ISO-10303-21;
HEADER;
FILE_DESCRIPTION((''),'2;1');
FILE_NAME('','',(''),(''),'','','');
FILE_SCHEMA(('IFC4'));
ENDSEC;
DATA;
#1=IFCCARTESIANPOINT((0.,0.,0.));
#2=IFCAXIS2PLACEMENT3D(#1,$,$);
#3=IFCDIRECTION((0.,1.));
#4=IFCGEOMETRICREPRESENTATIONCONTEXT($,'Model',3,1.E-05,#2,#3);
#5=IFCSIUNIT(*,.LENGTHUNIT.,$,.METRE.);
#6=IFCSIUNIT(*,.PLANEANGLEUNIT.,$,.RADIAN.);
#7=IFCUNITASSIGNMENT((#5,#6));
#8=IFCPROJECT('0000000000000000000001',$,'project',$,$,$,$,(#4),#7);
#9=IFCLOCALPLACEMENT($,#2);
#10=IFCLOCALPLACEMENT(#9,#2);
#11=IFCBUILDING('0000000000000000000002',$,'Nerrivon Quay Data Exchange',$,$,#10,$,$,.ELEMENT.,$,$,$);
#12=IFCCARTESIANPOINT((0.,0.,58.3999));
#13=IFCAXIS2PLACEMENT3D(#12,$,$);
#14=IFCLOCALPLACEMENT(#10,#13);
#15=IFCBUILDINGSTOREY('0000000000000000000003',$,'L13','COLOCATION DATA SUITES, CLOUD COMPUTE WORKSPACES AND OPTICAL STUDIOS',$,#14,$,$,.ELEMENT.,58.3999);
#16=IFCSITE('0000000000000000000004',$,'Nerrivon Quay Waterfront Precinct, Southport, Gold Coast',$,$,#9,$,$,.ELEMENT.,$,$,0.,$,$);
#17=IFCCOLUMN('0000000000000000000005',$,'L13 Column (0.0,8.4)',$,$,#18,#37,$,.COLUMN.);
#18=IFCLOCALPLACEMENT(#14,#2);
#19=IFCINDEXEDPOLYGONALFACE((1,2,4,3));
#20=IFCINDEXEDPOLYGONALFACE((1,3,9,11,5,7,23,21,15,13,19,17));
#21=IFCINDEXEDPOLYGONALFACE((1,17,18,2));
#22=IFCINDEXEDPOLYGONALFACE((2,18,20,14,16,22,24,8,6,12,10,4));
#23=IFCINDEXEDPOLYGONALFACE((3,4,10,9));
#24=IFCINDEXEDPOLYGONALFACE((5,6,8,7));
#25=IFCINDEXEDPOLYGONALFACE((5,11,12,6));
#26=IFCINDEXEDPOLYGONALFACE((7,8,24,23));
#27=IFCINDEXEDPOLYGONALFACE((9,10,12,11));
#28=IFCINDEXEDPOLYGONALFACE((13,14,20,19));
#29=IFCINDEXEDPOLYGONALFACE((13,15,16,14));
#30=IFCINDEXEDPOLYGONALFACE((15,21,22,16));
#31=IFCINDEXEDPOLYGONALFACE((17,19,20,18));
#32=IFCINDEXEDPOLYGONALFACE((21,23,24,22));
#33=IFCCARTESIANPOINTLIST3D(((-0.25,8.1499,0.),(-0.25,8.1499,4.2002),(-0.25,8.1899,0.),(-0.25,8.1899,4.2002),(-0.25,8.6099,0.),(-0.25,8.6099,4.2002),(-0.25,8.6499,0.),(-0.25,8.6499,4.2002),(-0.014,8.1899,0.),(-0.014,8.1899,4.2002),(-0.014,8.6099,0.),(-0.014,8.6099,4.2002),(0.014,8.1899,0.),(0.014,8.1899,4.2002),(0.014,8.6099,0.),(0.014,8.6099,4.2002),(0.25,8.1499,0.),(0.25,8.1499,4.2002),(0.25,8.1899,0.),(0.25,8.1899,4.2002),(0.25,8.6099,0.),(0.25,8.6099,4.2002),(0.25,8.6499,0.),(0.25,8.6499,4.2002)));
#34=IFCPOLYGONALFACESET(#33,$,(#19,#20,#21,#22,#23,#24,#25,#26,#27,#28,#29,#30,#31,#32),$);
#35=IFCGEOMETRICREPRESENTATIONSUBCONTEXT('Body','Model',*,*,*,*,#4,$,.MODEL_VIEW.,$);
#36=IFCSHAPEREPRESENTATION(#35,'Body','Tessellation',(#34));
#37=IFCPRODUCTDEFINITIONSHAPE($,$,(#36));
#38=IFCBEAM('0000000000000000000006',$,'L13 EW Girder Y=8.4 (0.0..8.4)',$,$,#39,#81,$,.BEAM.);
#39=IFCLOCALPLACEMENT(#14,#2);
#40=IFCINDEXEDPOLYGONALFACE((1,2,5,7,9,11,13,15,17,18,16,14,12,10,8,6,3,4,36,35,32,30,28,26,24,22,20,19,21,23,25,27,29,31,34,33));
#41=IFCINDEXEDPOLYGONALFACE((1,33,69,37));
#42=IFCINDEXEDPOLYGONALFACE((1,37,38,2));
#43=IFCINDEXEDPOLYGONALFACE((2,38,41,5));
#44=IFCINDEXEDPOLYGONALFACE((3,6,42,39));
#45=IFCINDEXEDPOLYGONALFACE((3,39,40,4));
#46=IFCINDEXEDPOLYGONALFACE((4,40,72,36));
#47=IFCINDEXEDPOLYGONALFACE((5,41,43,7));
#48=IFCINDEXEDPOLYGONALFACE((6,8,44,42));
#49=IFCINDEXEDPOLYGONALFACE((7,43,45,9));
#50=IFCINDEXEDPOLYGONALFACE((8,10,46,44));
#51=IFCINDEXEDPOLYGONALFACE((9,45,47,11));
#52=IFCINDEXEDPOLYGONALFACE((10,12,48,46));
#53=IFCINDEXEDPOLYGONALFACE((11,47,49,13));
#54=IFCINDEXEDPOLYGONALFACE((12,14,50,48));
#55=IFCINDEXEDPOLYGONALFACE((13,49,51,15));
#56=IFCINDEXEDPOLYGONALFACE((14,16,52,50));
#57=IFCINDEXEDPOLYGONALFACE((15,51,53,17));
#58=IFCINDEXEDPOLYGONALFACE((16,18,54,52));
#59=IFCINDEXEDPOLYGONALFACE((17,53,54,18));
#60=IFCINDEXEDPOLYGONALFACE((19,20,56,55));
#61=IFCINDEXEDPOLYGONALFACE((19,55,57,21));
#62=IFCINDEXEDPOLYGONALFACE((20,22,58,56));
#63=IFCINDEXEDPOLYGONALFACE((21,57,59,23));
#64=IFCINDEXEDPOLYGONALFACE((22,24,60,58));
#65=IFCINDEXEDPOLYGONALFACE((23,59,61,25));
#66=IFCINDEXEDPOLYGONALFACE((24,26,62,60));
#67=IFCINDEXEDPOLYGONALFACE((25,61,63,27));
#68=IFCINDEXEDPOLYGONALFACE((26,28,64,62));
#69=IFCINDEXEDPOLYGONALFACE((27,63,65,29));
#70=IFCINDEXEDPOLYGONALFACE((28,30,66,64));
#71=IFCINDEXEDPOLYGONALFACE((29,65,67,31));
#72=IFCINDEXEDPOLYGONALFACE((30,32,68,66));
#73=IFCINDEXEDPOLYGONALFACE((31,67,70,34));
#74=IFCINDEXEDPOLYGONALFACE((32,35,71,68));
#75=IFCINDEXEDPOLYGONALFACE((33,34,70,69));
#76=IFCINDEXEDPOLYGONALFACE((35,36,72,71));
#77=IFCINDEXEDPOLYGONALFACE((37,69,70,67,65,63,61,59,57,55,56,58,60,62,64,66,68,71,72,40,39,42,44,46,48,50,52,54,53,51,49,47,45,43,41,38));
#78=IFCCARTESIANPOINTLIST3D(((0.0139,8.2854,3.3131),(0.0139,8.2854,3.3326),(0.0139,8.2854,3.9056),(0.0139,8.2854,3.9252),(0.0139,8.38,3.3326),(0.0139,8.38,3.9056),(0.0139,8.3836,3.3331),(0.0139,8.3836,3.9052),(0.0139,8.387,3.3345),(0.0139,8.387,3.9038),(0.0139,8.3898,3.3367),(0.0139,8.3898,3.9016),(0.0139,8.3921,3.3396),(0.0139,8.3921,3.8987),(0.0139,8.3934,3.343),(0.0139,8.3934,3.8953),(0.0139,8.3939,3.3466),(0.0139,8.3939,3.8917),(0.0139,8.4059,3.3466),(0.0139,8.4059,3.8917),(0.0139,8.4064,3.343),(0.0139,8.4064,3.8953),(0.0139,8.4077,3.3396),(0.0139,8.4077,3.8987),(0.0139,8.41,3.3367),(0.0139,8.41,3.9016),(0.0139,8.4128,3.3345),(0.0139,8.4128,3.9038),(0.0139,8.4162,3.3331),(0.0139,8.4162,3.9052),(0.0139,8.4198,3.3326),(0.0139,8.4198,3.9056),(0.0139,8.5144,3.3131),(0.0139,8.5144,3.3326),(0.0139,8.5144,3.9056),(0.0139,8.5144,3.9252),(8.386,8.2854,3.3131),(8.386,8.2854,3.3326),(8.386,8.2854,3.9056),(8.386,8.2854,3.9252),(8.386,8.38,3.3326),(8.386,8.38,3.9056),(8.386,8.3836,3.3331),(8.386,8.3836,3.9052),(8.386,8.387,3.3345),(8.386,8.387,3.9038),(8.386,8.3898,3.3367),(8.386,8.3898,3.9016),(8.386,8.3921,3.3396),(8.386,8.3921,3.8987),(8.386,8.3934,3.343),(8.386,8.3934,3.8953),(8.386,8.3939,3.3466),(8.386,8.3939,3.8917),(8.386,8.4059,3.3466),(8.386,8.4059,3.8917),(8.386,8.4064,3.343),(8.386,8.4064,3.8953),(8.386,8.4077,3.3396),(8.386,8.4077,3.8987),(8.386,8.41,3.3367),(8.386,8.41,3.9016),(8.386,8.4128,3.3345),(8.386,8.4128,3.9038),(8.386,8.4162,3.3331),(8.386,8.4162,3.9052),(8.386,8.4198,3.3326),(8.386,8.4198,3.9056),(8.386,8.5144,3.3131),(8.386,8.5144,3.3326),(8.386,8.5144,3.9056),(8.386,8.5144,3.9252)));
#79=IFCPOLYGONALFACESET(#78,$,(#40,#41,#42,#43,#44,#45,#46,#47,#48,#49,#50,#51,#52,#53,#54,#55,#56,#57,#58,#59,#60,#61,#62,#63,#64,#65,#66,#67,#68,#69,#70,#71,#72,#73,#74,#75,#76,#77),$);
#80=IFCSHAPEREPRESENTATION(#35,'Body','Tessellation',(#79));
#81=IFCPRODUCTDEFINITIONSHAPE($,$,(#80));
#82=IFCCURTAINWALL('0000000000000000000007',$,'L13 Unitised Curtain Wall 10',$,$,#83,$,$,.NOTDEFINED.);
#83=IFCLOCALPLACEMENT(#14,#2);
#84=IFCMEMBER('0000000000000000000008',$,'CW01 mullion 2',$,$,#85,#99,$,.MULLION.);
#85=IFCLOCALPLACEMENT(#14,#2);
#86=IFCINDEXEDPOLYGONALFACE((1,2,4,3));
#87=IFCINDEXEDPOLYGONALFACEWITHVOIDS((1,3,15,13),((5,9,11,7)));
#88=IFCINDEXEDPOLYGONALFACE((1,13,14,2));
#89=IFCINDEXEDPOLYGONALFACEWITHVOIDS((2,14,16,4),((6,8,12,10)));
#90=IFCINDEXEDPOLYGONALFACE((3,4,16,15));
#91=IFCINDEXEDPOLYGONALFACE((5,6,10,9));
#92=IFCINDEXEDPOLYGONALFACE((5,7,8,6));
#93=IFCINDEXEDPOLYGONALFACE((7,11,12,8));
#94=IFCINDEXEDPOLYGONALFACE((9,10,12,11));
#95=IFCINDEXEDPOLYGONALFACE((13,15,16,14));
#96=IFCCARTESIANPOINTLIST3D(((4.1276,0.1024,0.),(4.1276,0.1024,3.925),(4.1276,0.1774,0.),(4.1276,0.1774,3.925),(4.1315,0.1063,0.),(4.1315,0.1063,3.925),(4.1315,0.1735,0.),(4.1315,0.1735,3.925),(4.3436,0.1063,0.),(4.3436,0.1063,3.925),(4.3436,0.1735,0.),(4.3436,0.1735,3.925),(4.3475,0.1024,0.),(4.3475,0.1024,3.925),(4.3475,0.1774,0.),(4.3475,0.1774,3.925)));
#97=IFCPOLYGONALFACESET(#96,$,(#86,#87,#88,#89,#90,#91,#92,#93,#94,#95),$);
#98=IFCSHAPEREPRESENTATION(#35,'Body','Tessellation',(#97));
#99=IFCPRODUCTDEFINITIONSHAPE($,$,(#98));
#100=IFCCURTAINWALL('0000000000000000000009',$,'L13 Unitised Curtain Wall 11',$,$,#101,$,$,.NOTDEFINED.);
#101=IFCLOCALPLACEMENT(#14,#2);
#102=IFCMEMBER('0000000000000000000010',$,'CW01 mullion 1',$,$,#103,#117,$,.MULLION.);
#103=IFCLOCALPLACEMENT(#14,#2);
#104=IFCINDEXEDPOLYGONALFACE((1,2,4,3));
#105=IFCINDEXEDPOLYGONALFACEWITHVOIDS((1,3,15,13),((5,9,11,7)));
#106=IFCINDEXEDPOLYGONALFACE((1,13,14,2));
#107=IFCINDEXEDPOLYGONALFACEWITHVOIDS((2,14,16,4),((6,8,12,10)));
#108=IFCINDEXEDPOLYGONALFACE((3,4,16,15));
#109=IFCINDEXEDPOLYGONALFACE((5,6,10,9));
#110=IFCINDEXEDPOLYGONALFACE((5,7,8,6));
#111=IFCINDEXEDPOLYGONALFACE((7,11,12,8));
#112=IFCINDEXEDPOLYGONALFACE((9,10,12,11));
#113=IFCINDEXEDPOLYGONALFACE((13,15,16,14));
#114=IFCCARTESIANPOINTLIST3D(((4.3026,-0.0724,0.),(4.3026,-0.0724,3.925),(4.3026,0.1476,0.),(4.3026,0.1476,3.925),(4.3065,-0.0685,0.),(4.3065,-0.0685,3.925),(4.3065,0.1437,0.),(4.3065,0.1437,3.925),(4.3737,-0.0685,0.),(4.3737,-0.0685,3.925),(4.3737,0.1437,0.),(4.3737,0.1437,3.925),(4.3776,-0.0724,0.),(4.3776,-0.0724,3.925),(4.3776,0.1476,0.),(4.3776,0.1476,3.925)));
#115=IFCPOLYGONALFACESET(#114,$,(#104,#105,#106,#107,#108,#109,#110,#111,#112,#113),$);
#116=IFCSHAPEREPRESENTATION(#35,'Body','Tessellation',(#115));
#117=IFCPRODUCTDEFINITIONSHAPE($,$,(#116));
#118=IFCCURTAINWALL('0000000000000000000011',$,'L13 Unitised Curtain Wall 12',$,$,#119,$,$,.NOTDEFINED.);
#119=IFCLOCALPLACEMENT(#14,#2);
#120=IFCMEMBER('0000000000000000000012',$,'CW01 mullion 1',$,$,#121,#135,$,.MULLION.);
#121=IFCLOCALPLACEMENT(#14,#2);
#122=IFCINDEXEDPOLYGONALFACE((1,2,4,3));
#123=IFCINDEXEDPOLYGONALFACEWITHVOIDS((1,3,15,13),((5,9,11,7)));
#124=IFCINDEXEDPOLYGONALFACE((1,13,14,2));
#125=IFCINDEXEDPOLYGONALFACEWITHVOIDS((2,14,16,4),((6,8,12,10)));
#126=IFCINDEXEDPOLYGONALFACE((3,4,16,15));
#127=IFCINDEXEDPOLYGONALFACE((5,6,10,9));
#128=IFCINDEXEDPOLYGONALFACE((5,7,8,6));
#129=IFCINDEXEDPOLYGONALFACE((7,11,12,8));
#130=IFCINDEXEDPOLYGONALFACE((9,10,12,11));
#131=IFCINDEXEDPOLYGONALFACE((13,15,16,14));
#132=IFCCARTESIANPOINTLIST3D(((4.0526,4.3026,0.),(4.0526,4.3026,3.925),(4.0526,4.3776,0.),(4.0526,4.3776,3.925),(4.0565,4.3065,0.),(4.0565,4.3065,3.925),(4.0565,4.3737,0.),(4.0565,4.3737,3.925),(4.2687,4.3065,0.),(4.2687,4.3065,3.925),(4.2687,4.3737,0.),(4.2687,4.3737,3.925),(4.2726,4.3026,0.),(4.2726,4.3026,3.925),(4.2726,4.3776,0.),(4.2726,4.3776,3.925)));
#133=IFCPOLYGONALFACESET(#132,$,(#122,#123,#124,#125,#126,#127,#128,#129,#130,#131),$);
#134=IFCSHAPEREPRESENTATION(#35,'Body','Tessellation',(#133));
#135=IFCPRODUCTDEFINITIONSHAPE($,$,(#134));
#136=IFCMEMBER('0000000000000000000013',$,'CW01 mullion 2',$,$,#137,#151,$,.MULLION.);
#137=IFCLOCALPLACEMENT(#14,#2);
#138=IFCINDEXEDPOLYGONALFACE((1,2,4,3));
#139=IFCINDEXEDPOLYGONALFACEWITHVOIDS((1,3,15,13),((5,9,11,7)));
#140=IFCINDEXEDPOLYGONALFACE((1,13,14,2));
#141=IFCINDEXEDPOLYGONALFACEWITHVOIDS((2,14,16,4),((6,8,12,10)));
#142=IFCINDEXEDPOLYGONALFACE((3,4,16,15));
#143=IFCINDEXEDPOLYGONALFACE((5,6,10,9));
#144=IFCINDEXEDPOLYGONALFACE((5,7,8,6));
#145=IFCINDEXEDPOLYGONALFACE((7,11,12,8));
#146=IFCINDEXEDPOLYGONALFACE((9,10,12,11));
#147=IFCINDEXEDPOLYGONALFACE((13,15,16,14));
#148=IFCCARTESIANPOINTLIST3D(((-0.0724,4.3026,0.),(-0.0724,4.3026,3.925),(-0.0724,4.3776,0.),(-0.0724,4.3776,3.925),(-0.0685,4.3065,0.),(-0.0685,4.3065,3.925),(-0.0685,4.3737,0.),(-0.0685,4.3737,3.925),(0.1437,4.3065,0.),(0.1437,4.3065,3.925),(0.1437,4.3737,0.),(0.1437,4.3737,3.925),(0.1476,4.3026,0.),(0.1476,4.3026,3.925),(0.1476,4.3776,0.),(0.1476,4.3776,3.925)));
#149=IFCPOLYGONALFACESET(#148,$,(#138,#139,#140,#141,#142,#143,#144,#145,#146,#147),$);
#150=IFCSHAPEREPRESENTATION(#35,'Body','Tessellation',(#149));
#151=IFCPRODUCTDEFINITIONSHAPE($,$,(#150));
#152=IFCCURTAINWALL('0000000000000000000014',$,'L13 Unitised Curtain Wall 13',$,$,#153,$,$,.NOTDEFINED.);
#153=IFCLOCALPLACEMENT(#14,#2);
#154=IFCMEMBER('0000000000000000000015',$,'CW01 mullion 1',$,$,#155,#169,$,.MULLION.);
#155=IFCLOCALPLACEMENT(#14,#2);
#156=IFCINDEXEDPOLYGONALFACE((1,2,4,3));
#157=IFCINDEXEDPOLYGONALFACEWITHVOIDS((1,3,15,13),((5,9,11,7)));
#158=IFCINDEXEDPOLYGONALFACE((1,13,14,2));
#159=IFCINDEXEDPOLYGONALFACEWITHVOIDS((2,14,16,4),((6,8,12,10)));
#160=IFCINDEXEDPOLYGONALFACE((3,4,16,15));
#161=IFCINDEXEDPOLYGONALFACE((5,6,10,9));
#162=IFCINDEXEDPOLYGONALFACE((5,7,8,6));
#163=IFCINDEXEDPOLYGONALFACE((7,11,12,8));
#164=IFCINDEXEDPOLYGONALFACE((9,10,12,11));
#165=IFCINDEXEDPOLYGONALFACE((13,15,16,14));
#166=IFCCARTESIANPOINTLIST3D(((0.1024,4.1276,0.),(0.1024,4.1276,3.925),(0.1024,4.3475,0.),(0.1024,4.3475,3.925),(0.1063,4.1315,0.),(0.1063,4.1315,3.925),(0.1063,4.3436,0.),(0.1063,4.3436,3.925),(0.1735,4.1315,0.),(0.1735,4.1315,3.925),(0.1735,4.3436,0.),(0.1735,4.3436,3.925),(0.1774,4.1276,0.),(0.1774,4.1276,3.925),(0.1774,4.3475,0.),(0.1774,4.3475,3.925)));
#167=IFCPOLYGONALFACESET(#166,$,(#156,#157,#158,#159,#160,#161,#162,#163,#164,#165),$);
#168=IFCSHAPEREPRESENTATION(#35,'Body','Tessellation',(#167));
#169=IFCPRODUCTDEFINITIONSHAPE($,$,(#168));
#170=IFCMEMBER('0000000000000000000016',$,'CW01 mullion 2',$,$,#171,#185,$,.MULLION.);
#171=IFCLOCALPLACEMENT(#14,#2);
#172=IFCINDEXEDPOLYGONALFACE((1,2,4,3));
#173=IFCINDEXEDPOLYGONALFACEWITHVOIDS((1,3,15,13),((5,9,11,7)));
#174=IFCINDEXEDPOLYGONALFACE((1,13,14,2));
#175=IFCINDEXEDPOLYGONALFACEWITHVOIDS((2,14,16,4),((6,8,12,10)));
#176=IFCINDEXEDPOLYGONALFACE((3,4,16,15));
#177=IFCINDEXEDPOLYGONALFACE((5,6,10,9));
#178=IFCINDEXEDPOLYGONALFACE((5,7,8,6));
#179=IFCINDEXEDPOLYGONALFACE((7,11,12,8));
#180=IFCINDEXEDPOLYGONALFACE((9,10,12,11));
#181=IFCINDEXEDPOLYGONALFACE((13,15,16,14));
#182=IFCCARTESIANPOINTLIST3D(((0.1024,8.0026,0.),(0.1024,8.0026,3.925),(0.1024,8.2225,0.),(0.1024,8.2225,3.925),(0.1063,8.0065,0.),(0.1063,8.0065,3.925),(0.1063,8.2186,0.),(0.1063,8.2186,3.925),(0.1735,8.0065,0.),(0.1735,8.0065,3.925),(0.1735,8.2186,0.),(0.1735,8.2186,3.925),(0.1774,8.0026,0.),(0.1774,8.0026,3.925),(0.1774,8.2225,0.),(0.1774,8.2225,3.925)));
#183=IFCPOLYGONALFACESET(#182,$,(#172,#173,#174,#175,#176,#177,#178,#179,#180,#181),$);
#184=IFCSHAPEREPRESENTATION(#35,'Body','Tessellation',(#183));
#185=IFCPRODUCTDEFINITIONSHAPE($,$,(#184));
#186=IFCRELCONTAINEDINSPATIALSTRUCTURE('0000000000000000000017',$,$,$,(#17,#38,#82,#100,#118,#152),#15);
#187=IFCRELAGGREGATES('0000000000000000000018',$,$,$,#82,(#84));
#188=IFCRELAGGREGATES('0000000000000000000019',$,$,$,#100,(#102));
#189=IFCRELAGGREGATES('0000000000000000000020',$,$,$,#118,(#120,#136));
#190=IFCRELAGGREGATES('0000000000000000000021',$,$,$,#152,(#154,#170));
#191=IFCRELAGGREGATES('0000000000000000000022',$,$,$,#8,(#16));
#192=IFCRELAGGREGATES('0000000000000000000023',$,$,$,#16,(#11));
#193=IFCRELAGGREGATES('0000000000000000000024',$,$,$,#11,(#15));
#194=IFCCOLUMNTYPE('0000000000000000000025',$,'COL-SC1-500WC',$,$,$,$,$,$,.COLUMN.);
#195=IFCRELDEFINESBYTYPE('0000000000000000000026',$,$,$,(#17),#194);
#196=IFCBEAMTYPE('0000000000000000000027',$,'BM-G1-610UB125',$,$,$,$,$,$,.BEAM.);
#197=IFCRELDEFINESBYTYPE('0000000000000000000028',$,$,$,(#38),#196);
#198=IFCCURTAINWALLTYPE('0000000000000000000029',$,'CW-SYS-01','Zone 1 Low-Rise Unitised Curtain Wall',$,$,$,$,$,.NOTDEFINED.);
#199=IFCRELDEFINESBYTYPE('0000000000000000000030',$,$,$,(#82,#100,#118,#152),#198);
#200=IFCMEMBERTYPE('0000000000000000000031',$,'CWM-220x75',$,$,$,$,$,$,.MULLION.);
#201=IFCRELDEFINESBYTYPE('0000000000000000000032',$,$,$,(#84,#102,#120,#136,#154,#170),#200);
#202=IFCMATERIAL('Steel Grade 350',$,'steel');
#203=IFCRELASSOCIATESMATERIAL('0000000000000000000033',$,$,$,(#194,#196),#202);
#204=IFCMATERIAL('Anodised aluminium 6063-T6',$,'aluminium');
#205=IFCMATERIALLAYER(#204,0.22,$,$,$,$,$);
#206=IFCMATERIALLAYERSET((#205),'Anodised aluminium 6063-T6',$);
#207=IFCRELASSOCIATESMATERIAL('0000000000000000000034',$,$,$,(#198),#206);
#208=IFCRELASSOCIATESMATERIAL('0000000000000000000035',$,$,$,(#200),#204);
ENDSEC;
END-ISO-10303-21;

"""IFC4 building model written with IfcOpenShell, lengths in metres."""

from ifc_helpers import new_model, si_unit, direction, frame, origin, origin_2d, place, context, subcontext, project, spatial, hollow_rectangle, i_section, extrude, material, layer, layer_set, material_profile, profile_set, type_object, element, aggregate, save


model = new_model("IFC4")

# Units and contexts
model_context = context("Model", 3, precision=1e-05, world=origin(), true_north=direction((0.0, 1.0)))
body_context = subcontext(model_context, "Body", "Model", "MODEL_VIEW")
ifc_project = project(units=[si_unit("LENGTHUNIT", "METRE"), si_unit("PLANEANGLEUNIT", "RADIAN")], contexts=[model_context])

# Site, building, storey
site_placement = place(None, origin())
site = spatial("IfcSite", under=ifc_project, at=site_placement, Name="Nerrivon Quay Waterfront Precinct, Southport, Gold Coast", CompositionType="ELEMENT", RefElevation=0.0)
building_placement = place(site_placement, origin())
building = spatial("IfcBuilding", under=site, at=building_placement, Name="Nerrivon Quay Data Exchange", CompositionType="ELEMENT")
storey_placement = place(building_placement, frame((0.0, 0.0, 58.3999)))
storey = spatial("IfcBuildingStorey", under=building, at=storey_placement, Name="L13", Description="COLOCATION DATA SUITES, CLOUD COMPUTE WORKSPACES AND OPTICAL STUDIOS", CompositionType="ELEMENT", Elevation=58.3999)

# Column
ifc_material_1 = material(Name="Steel Grade 350", Category="steel")
ifc_material_profile_1 = material_profile(ifc_material_1, i_section(OverallWidth=0.5, OverallDepth=0.5, WebThickness=0.0281, FlangeThickness=0.04, at=origin_2d()), Name="500WC440")
ifc_profile_set_1 = profile_set([ifc_material_profile_1], Name="Steel Grade 350")
column_type = type_object("IfcColumnType", Name="COL-SC1-500WC", PredefinedType="COLUMN", material=ifc_profile_set_1)
column_placement = place(storey_placement, frame((0.0, 8.3999, 0.0), z_axis=(0.0, 0.0, 1.0), x_axis=(1.0, 0.0, 0.0)))
element("IfcColumn", 1, at=column_placement, inside=storey, type_object=column_type, Name="L13 Column (0.0,8.4)", PredefinedType="COLUMN", context=body_context, shape_type="SweptSolid", body=[
    extrude(i_section(OverallWidth=0.5, OverallDepth=0.5, WebThickness=0.0281, FlangeThickness=0.04, at=origin_2d()), origin(), (0.0, 0.0, 1.0), 4.2002),
])

# Beam
ifc_material_profile_2 = material_profile(ifc_material_1, i_section(OverallWidth=0.229, OverallDepth=0.6121, WebThickness=0.012, FlangeThickness=0.0195, FilletRadius=0.0139, at=origin_2d()), Name="610UB125")
ifc_profile_set_2 = profile_set([ifc_material_profile_2], Name="Steel Grade 350")
beam_type = type_object("IfcBeamType", Name="BM-G1-610UB125", PredefinedType="BEAM", material=ifc_profile_set_2)
beam_placement = place(storey_placement, frame((0.0139, 8.3999, 3.6191), z_axis=(1.0, 0.0, 0.0), x_axis=(0.0, 1.0, 0.0)))
element("IfcBeam", 2, at=beam_placement, inside=storey, type_object=beam_type, Name="L13 EW Girder Y=8.4 (0.0..8.4)", PredefinedType="BEAM", context=body_context, shape_type="SweptSolid", body=[
    extrude(i_section(OverallWidth=0.229, OverallDepth=0.6121, WebThickness=0.012, FlangeThickness=0.0195, FilletRadius=0.0139, at=origin_2d()), origin(), (0.0, 0.0, 1.0), 8.3721),
])

# Curtain walls, members
ifc_material_2 = material(Name="Anodised aluminium 6063-T6", Category="aluminium")
ifc_layer_1 = layer(ifc_material_2, 0.22)
ifc_layer_set_1 = layer_set([ifc_layer_1], Name="Anodised aluminium 6063-T6")
curtain_wall_type = type_object("IfcCurtainWallType", Name="CW-SYS-01", Description="Zone 1 Low-Rise Unitised Curtain Wall", PredefinedType="NOTDEFINED", material=ifc_layer_set_1)
curtain_wall_1_placement = place(storey_placement, origin())
curtain_wall_1 = element("IfcCurtainWall", 3, at=curtain_wall_1_placement, inside=storey, type_object=curtain_wall_type, Name="L13 Unitised Curtain Wall 10", PredefinedType="NOTDEFINED")
ifc_material_profile_3 = material_profile(ifc_material_2, hollow_rectangle(XDim=0.075, YDim=0.22, WallThickness=0.0039, at=origin_2d()), Name="ALU-MULL-220x75")
ifc_profile_set_3 = profile_set([ifc_material_profile_3], Name="Anodised aluminium 6063-T6")
member_type_1 = type_object("IfcMemberType", Name="CWM-220x75", PredefinedType="MULLION", material=ifc_profile_set_3)
member_1_placement = place(storey_placement, frame((4.2375, 0.1399, 0.0), z_axis=(0.0, 0.0, 1.0), x_axis=(0.0, -1.0, 0.0)))
member_1 = element("IfcMember", 4, at=member_1_placement, type_object=member_type_1, Name="CW01 mullion 2", PredefinedType="MULLION", context=body_context, shape_type="SweptSolid", body=[
    extrude(hollow_rectangle(XDim=0.075, YDim=0.22, WallThickness=0.0039, at=origin_2d()), origin(), (0.0, 0.0, 1.0), 3.925),
])
aggregate(curtain_wall_1, [member_1])
curtain_wall_2_placement = place(storey_placement, origin())
curtain_wall_2 = element("IfcCurtainWall", 5, at=curtain_wall_2_placement, inside=storey, type_object=curtain_wall_type, Name="L13 Unitised Curtain Wall 11", PredefinedType="NOTDEFINED")
member_2_placement = place(storey_placement, frame((4.3401, 0.0376, 0.0), z_axis=(0.0, 0.0, 1.0), x_axis=(-1.0, 0.0, 0.0)))
member_2 = element("IfcMember", 6, at=member_2_placement, type_object=member_type_1, Name="CW01 mullion 1", PredefinedType="MULLION", context=body_context, shape_type="SweptSolid", body=[
    extrude(hollow_rectangle(XDim=0.075, YDim=0.22, WallThickness=0.0039, at=origin_2d()), origin(), (0.0, 0.0, 1.0), 3.925),
])

# Curtain walls, members
curtain_wall_3_placement = place(storey_placement, origin())
curtain_wall_3 = element("IfcCurtainWall", 7, at=curtain_wall_3_placement, inside=storey, type_object=curtain_wall_type, Name="L13 Unitised Curtain Wall 12", PredefinedType="NOTDEFINED")
member_3_placement = place(storey_placement, frame((4.1626, 4.3401, 0.0), z_axis=(0.0, 0.0, 1.0), x_axis=(0.0, -1.0, 0.0)))
member_3 = element("IfcMember", 8, at=member_3_placement, type_object=member_type_1, Name="CW01 mullion 1", PredefinedType="MULLION", context=body_context, shape_type="SweptSolid", body=[
    extrude(hollow_rectangle(XDim=0.075, YDim=0.22, WallThickness=0.0039, at=origin_2d()), origin(), (0.0, 0.0, 1.0), 3.925),
])
member_4_placement = place(storey_placement, frame((0.0376, 4.3401, 0.0), z_axis=(0.0, 0.0, 1.0), x_axis=(0.0, -1.0, 0.0)))
member_4 = element("IfcMember", 9, at=member_4_placement, type_object=member_type_1, Name="CW01 mullion 2", PredefinedType="MULLION", context=body_context, shape_type="SweptSolid", body=[
    extrude(hollow_rectangle(XDim=0.075, YDim=0.22, WallThickness=0.0039, at=origin_2d()), origin(), (0.0, 0.0, 1.0), 3.925),
])
curtain_wall_4_placement = place(storey_placement, origin())
curtain_wall_4 = element("IfcCurtainWall", 10, at=curtain_wall_4_placement, inside=storey, type_object=curtain_wall_type, Name="L13 Unitised Curtain Wall 13", PredefinedType="NOTDEFINED")
member_5_placement = place(storey_placement, frame((0.1399, 4.2375, 0.0), z_axis=(0.0, 0.0, 1.0), x_axis=(-1.0, 0.0, 0.0)))
member_5 = element("IfcMember", 11, at=member_5_placement, type_object=member_type_1, Name="CW01 mullion 1", PredefinedType="MULLION", context=body_context, shape_type="SweptSolid", body=[
    extrude(hollow_rectangle(XDim=0.075, YDim=0.22, WallThickness=0.0039, at=origin_2d()), origin(), (0.0, 0.0, 1.0), 3.925),
])
member_6_placement = place(storey_placement, frame((0.1399, 8.1125, 0.0), z_axis=(0.0, 0.0, 1.0), x_axis=(-1.0, 0.0, 0.0)))
member_6 = element("IfcMember", 12, at=member_6_placement, type_object=member_type_1, Name="CW01 mullion 2", PredefinedType="MULLION", context=body_context, shape_type="SweptSolid", body=[
    extrude(hollow_rectangle(XDim=0.075, YDim=0.22, WallThickness=0.0039, at=origin_2d()), origin(), (0.0, 0.0, 1.0), 3.925),
])

aggregate(curtain_wall_2, [member_2])

aggregate(curtain_wall_3, [member_3, member_4])
aggregate(curtain_wall_4, [member_5, member_6])

save(model, "model.ifc")
